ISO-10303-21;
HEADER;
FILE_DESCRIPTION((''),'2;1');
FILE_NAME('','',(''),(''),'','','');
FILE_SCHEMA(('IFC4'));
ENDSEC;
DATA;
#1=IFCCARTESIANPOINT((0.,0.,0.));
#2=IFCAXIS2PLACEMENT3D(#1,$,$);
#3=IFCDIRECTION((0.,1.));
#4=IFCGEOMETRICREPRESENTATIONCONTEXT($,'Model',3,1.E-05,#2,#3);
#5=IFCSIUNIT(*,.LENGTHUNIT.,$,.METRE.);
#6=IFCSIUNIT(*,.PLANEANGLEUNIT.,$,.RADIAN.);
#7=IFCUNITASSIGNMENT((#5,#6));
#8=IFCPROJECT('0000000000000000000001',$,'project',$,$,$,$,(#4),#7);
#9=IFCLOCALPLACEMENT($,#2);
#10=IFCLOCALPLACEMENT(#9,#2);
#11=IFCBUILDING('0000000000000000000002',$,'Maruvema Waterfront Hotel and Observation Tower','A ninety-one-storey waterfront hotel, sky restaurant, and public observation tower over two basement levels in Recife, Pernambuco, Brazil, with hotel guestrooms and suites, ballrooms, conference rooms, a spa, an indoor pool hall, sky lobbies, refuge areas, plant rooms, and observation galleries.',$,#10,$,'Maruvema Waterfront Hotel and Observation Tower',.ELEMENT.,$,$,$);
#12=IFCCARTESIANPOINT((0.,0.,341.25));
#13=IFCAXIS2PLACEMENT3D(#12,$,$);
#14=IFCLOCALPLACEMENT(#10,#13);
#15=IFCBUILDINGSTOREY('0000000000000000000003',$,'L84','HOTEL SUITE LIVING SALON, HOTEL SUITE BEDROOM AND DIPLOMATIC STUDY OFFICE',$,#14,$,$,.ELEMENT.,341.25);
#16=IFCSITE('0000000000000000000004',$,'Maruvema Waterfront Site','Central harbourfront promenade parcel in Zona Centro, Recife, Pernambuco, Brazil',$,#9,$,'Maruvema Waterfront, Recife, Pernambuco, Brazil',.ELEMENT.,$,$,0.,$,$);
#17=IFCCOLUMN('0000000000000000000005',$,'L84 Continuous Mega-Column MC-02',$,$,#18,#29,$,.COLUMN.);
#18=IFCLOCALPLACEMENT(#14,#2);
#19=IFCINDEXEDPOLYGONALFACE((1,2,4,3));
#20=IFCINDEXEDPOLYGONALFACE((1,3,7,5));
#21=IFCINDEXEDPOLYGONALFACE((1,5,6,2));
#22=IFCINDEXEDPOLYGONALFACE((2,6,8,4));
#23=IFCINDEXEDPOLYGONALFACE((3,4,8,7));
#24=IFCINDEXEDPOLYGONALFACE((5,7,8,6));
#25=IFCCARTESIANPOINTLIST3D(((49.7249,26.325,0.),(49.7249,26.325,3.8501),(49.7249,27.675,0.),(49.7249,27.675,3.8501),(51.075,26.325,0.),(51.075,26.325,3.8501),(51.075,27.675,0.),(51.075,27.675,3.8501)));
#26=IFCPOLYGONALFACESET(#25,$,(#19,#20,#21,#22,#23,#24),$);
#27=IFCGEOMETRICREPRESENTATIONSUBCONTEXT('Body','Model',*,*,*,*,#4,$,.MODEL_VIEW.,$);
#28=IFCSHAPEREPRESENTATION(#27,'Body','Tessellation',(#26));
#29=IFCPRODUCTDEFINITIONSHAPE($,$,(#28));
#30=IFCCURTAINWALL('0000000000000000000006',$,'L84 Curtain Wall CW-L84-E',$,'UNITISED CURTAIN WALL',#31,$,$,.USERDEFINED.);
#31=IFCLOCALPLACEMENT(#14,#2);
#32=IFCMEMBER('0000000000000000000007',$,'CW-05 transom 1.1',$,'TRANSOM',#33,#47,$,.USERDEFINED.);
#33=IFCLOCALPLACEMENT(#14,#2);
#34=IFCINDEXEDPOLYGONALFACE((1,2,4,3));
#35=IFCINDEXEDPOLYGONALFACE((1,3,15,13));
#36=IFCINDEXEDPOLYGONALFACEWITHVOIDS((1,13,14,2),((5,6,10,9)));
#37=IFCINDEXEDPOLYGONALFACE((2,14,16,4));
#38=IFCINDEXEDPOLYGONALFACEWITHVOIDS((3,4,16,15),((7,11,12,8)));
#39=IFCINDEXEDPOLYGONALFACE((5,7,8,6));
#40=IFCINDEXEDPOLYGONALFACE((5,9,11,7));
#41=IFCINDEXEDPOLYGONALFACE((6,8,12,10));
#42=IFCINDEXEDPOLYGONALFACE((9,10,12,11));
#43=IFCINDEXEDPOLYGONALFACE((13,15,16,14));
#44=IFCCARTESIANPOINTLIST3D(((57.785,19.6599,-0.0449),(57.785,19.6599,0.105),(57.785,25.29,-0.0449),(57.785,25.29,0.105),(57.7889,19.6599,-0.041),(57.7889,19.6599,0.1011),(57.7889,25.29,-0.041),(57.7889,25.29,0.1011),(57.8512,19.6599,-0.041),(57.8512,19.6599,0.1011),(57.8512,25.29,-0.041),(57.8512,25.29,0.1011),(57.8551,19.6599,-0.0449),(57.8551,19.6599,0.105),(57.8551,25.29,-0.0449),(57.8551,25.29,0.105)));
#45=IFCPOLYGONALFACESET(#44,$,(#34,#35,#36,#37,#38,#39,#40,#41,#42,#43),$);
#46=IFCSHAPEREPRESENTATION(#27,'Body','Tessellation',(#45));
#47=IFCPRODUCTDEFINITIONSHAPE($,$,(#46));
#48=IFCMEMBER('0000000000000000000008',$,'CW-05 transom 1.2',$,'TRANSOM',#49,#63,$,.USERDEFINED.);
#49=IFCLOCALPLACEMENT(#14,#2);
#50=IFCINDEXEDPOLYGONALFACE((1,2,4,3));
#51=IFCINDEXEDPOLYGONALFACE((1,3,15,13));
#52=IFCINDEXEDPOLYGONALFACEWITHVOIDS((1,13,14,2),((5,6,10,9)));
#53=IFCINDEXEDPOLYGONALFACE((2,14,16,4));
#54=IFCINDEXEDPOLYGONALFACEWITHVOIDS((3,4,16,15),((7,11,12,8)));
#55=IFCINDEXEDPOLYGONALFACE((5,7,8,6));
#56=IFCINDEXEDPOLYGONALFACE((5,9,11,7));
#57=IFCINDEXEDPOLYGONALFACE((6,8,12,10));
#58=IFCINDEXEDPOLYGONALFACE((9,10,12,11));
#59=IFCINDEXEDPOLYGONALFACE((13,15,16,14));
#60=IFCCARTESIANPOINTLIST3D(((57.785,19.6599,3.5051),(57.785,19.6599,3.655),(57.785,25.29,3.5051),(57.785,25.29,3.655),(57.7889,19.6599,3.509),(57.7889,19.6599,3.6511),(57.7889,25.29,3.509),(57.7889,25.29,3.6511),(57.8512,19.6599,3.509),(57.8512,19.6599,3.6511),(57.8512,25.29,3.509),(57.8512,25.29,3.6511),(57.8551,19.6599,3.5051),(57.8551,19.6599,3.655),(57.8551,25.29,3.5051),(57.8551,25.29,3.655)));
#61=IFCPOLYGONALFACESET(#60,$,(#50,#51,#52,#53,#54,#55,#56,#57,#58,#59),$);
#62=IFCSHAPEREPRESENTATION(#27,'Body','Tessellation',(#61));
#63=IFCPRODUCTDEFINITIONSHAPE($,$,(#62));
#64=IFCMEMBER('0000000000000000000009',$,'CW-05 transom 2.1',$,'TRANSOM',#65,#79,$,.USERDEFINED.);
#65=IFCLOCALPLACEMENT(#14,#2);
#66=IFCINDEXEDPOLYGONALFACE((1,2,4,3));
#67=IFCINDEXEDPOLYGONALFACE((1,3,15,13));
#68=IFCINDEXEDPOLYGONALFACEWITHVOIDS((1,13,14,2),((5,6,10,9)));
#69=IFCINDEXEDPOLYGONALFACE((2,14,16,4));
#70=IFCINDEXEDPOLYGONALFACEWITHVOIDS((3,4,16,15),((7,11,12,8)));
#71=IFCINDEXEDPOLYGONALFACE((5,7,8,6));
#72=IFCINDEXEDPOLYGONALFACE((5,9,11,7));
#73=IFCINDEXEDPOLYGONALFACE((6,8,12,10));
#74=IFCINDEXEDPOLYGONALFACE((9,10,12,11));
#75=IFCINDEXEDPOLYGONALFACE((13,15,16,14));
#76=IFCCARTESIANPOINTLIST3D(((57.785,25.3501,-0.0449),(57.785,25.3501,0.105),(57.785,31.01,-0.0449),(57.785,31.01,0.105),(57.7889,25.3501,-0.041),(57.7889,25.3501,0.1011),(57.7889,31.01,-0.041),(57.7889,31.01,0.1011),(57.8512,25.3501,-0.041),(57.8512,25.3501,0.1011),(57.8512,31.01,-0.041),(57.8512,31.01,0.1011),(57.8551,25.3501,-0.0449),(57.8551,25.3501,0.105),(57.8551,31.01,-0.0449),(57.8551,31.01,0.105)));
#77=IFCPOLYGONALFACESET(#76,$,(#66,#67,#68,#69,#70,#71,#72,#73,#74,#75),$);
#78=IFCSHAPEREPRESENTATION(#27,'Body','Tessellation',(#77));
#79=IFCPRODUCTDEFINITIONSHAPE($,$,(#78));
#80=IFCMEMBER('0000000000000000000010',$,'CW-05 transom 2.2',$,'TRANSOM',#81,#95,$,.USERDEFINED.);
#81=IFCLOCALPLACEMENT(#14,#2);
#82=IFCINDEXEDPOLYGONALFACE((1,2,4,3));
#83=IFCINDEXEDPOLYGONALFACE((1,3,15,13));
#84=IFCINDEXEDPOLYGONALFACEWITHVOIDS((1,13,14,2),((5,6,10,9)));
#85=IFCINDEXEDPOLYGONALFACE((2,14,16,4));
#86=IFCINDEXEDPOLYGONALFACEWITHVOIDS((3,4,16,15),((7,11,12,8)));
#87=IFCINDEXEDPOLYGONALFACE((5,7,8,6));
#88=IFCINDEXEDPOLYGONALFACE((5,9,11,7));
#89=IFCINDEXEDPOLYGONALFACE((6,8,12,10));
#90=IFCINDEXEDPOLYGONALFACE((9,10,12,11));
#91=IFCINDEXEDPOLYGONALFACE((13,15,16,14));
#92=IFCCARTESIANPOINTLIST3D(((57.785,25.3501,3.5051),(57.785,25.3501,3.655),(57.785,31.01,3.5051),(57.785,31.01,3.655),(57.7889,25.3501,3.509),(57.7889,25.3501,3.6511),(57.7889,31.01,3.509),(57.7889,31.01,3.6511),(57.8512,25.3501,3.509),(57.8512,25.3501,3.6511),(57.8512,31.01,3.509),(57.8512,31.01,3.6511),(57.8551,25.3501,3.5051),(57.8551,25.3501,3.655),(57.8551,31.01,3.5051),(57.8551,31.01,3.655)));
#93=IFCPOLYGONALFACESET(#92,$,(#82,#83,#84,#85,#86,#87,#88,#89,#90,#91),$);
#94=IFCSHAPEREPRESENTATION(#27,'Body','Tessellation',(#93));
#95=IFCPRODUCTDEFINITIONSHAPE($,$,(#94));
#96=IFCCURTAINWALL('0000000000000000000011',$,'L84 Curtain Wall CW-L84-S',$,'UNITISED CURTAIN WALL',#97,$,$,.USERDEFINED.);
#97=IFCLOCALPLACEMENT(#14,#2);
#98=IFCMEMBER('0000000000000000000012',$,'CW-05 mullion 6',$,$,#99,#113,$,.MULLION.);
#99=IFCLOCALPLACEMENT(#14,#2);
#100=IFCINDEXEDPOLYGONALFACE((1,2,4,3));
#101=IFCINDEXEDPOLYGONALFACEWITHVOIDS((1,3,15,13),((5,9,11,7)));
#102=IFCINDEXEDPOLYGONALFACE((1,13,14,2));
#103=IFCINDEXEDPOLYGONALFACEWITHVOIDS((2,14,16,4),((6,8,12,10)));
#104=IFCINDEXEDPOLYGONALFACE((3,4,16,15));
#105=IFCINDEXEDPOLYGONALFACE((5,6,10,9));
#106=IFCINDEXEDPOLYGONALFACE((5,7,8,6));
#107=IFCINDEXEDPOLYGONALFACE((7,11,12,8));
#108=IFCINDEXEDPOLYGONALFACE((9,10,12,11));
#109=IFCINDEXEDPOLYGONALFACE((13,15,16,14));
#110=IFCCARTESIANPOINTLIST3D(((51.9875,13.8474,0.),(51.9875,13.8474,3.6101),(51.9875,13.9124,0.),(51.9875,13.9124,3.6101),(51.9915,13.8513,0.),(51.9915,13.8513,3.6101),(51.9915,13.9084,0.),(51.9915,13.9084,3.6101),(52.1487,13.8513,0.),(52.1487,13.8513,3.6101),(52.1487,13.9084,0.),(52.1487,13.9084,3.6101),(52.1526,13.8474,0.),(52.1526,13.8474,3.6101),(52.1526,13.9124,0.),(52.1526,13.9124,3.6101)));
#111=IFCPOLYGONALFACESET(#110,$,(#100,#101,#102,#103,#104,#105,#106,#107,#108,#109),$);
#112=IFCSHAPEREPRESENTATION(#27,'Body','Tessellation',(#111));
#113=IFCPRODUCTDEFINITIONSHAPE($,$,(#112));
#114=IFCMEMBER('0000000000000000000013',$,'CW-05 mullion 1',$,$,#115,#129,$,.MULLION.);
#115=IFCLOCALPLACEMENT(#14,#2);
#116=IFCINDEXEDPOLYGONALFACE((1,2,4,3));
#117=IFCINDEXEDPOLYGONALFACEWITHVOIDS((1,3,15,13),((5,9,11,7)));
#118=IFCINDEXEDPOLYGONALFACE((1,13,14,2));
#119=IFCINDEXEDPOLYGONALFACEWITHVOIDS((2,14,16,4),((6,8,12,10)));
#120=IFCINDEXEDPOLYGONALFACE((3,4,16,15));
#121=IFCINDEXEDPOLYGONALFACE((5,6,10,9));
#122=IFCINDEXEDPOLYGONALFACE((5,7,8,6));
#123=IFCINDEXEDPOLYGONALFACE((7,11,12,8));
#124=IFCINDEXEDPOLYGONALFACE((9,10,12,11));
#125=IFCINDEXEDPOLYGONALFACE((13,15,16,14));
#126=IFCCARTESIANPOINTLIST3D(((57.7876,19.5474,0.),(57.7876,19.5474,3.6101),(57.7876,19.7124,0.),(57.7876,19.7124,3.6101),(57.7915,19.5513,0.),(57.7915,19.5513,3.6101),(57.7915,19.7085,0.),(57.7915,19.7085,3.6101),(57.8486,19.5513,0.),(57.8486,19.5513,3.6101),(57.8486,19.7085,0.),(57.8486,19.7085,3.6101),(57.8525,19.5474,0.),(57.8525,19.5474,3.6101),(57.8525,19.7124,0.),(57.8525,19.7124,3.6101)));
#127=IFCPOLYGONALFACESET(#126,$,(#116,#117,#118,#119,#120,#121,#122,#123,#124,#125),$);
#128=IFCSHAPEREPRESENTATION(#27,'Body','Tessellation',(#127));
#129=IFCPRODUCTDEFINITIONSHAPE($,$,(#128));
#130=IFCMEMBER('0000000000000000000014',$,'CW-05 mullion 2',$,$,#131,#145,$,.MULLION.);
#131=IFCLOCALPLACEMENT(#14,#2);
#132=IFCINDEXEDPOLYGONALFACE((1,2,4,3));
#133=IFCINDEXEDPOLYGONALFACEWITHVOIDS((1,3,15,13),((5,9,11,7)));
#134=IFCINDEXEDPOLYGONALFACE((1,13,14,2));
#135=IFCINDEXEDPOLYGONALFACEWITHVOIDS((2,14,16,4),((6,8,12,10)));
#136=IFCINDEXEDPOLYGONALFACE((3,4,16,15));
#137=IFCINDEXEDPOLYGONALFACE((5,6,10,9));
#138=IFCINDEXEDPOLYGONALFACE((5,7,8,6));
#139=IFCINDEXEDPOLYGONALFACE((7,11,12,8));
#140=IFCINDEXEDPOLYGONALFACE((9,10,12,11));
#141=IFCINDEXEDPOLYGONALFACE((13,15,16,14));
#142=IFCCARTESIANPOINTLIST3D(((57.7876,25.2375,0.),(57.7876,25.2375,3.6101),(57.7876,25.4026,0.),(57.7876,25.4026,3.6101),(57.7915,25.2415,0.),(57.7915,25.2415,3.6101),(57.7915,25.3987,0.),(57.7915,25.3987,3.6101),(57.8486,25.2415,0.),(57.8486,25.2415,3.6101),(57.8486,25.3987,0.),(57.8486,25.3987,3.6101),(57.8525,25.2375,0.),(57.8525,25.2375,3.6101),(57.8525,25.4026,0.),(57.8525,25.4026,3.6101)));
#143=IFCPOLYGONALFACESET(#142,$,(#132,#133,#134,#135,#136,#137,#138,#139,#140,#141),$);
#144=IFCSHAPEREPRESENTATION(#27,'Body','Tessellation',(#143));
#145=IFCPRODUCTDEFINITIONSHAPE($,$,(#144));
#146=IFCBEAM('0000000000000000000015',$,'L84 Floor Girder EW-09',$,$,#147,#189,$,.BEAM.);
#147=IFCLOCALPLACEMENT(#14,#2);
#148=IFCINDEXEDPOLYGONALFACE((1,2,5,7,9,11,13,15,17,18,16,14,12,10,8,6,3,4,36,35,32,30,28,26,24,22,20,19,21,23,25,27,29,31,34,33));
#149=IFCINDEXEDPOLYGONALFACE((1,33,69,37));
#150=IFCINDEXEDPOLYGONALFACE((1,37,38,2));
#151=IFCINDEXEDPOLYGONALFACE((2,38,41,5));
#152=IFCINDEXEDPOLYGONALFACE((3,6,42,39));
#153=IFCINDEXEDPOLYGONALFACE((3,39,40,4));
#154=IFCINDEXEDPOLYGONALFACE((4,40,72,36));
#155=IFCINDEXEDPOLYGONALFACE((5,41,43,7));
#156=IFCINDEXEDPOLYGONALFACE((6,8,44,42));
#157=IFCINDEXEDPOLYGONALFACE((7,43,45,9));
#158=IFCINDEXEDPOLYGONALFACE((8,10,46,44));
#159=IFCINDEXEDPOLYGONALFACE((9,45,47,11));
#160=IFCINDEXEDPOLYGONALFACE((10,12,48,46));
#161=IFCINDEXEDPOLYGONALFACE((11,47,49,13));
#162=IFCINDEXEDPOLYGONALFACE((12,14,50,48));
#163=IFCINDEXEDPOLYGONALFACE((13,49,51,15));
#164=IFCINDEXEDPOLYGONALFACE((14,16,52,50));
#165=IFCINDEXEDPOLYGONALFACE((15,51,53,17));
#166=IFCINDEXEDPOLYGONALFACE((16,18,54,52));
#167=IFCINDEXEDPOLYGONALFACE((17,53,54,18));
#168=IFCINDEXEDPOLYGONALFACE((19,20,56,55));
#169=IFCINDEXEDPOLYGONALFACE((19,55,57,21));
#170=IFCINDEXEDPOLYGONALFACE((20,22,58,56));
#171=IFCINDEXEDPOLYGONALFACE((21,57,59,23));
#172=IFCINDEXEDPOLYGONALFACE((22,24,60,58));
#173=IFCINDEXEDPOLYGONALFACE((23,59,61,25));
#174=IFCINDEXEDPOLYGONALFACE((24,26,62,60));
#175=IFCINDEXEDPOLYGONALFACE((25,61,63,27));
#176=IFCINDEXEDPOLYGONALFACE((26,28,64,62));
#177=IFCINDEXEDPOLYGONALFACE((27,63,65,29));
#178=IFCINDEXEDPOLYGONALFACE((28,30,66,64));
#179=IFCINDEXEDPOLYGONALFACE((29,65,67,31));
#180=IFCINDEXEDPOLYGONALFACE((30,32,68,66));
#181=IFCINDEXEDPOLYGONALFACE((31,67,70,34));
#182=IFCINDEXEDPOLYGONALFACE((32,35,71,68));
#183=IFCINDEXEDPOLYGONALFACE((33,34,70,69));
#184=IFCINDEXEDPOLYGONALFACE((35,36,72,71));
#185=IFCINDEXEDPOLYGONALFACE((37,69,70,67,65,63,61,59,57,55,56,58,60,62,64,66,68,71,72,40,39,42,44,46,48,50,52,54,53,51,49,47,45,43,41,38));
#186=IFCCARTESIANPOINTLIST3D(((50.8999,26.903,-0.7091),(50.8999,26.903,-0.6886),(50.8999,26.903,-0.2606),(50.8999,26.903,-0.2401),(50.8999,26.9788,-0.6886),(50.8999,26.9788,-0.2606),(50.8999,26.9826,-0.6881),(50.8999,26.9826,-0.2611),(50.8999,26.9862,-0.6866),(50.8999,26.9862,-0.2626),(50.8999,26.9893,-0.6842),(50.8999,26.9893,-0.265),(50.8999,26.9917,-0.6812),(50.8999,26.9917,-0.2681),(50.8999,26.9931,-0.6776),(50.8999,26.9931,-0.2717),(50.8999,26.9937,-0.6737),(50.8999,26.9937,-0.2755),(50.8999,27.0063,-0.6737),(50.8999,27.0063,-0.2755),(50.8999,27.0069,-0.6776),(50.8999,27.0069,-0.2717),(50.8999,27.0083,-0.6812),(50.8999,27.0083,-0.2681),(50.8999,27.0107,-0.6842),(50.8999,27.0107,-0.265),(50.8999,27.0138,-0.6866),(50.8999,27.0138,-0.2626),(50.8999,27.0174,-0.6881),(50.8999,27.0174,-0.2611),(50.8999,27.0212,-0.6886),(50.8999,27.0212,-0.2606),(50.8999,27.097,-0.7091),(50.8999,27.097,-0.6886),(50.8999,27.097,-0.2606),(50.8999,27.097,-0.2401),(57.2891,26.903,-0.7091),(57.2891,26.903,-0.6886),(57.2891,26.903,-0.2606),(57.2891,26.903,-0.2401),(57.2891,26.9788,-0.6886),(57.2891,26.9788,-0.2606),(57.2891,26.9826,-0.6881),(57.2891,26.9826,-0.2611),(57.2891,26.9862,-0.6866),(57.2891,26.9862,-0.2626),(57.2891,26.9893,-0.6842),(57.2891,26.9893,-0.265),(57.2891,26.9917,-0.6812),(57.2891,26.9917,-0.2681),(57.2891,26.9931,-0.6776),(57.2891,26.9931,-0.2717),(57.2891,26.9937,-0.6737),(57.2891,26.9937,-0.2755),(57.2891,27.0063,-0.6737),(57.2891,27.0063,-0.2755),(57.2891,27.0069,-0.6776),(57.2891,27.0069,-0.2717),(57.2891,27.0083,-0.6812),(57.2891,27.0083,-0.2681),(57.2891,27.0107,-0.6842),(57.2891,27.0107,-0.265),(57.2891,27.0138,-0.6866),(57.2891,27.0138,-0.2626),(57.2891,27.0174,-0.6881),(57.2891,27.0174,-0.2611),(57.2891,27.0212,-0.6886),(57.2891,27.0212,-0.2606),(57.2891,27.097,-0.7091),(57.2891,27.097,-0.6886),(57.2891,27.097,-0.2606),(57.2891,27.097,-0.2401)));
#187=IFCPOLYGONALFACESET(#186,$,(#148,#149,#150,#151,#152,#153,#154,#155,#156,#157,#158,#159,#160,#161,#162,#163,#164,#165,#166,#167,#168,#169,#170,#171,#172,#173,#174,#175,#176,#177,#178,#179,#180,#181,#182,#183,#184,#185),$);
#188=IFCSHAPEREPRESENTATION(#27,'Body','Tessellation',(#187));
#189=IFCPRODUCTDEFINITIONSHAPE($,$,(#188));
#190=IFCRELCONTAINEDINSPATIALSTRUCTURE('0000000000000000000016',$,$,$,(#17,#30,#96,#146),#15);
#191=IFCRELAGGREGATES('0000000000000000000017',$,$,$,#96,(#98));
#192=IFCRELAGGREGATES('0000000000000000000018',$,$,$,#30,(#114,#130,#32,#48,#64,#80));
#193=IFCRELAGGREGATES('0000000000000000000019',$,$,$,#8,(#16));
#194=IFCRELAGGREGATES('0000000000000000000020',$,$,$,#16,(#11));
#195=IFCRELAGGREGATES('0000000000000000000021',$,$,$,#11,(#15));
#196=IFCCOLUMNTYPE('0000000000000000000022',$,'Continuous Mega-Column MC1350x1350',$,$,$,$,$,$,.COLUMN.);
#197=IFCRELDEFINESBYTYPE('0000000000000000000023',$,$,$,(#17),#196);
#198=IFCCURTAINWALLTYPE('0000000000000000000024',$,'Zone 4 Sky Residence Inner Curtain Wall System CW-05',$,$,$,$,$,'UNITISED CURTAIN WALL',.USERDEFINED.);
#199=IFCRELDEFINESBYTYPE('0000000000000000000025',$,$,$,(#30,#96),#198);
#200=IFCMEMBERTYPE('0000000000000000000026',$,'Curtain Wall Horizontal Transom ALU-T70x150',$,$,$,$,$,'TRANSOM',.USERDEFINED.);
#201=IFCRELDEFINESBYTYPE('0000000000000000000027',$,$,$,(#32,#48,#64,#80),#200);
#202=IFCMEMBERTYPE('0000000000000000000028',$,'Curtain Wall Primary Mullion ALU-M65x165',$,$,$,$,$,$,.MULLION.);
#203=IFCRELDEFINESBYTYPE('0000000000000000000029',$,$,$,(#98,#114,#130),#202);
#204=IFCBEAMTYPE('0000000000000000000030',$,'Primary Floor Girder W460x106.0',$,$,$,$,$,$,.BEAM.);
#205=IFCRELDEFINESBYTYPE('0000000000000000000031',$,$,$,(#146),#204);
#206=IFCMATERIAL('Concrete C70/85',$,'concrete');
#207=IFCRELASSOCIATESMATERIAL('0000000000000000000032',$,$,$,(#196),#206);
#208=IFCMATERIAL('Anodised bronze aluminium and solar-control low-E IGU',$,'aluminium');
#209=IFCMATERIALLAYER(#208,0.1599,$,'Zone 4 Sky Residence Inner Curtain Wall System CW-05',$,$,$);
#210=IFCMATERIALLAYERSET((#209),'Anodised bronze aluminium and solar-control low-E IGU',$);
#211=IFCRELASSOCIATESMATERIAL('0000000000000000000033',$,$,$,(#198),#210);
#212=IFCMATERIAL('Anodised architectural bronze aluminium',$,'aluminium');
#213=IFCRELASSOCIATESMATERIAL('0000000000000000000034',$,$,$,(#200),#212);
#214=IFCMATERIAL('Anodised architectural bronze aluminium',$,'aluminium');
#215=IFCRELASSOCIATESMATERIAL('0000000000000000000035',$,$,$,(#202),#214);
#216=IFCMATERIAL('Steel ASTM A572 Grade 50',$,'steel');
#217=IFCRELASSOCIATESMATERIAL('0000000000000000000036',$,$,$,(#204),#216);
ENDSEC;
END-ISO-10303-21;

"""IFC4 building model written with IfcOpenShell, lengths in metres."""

from ifc_helpers import new_model, si_unit, direction, frame, origin, origin_2d, place, context, subcontext, project, spatial, rectangle, hollow_rectangle, i_section, extrude, material, layer, layer_set, material_profile, profile_set, type_object, element, aggregate, save


model = new_model("IFC4")

# Units and contexts
model_context = context("Model", 3, precision=1e-05, world=origin(), true_north=direction((0.0, 1.0)))
body_context = subcontext(model_context, "Body", "Model", "MODEL_VIEW")
ifc_project = project(units=[si_unit("LENGTHUNIT", "METRE"), si_unit("PLANEANGLEUNIT", "RADIAN")], contexts=[model_context])

# Site, building, storey
site_placement = place(None, origin())
site = spatial("IfcSite", under=ifc_project, at=site_placement, Name="Maruvema Waterfront Site", Description="Central harbourfront promenade parcel in Zona Centro, Recife, Pernambuco, Brazil", LongName="Maruvema Waterfront, Recife, Pernambuco, Brazil", CompositionType="ELEMENT", RefElevation=0.0)
building_placement = place(site_placement, origin())
building = spatial("IfcBuilding", under=site, at=building_placement, Name="Maruvema Waterfront Hotel and Observation Tower", Description="A ninety-one-storey waterfront hotel, sky restaurant, and public observation tower over two basement levels in Recife, Pernambuco, Brazil, with hotel guestrooms and suites, ballrooms, conference rooms, a spa, an indoor pool hall, sky lobbies, refuge areas, plant rooms, and observation galleries.", LongName="Maruvema Waterfront Hotel and Observation Tower", CompositionType="ELEMENT")
storey_placement = place(building_placement, frame((0.0, 0.0, 341.25)))
storey = spatial("IfcBuildingStorey", under=building, at=storey_placement, Name="L84", Description="HOTEL SUITE LIVING SALON, HOTEL SUITE BEDROOM AND DIPLOMATIC STUDY OFFICE", CompositionType="ELEMENT", Elevation=341.25)

# Column
ifc_material_1 = material(Name="Concrete C70/85", Category="concrete")
ifc_material_profile_1 = material_profile(ifc_material_1, rectangle(XDim=1.3501, YDim=1.3501, at=origin_2d()), Name="MC1350x1350")
ifc_profile_set_1 = profile_set([ifc_material_profile_1], Name="Concrete C70/85")
column_type = type_object("IfcColumnType", Name="Continuous Mega-Column MC1350x1350", PredefinedType="COLUMN", material=ifc_profile_set_1)
column_placement = place(storey_placement, frame((50.3999, 27.0, 0.0), z_axis=(0.0, 0.0, 1.0), x_axis=(1.0, 0.0, 0.0)))
element("IfcColumn", 1, at=column_placement, inside=storey, type_object=column_type, Name="L84 Continuous Mega-Column MC-02", PredefinedType="COLUMN", context=body_context, shape_type="SweptSolid", body=[
    extrude(rectangle(XDim=1.3501, YDim=1.3501, at=origin_2d()), origin(), (0.0, 0.0, 1.0), 3.8501),
])

# Curtain wall, members
ifc_material_2 = material(Name="Anodised bronze aluminium and solar-control low-E IGU", Category="aluminium")
ifc_layer_1 = layer(ifc_material_2, 0.1599, Name="Zone 4 Sky Residence Inner Curtain Wall System CW-05")
ifc_layer_set_1 = layer_set([ifc_layer_1], Name="Anodised bronze aluminium and solar-control low-E IGU")
curtain_wall_type = type_object("IfcCurtainWallType", Name="Zone 4 Sky Residence Inner Curtain Wall System CW-05", ElementType="UNITISED CURTAIN WALL", PredefinedType="USERDEFINED", material=ifc_layer_set_1)
curtain_wall_1_placement = place(storey_placement, origin())
curtain_wall_1 = element("IfcCurtainWall", 2, at=curtain_wall_1_placement, inside=storey, type_object=curtain_wall_type, Name="L84 Curtain Wall CW-L84-E", ObjectType="UNITISED CURTAIN WALL", PredefinedType="USERDEFINED")
ifc_material_3 = material(Name="Anodised architectural bronze aluminium", Category="aluminium")
ifc_material_profile_2 = material_profile(ifc_material_3, hollow_rectangle(XDim=0.0701, YDim=0.1499, WallThickness=0.0039, at=origin_2d()), Name="ALU-T70x150")
ifc_profile_set_2 = profile_set([ifc_material_profile_2], Name="Anodised architectural bronze aluminium")
member_type_1 = type_object("IfcMemberType", Name="Curtain Wall Horizontal Transom ALU-T70x150", ElementType="TRANSOM", PredefinedType="USERDEFINED", material=ifc_profile_set_2)
member_1_placement = place(storey_placement, frame((57.8201, 19.6599, 0.03), z_axis=(0.0, 1.0, 0.0), x_axis=(-1.0, 0.0, 0.0)))
member_1 = element("IfcMember", 3, at=member_1_placement, type_object=member_type_1, Name="CW-05 transom 1.1", ObjectType="TRANSOM", PredefinedType="USERDEFINED", context=body_context, shape_type="SweptSolid", body=[
    extrude(hollow_rectangle(XDim=0.0701, YDim=0.1499, WallThickness=0.0039, at=origin_2d()), origin(), (0.0, 0.0, 1.0), 5.6301),
])
member_2_placement = place(storey_placement, frame((57.8201, 19.6599, 3.5801), z_axis=(0.0, 1.0, 0.0), x_axis=(-1.0, 0.0, 0.0)))
member_2 = element("IfcMember", 4, at=member_2_placement, type_object=member_type_1, Name="CW-05 transom 1.2", ObjectType="TRANSOM", PredefinedType="USERDEFINED", context=body_context, shape_type="SweptSolid", body=[
    extrude(hollow_rectangle(XDim=0.0701, YDim=0.1499, WallThickness=0.0039, at=origin_2d()), origin(), (0.0, 0.0, 1.0), 5.6301),
])
member_3_placement = place(storey_placement, frame((57.8201, 25.3501, 0.03), z_axis=(0.0, 1.0, 0.0), x_axis=(-1.0, 0.0, 0.0)))
member_3 = element("IfcMember", 5, at=member_3_placement, type_object=member_type_1, Name="CW-05 transom 2.1", ObjectType="TRANSOM", PredefinedType="USERDEFINED", context=body_context, shape_type="SweptSolid", body=[
    extrude(hollow_rectangle(XDim=0.0701, YDim=0.1499, WallThickness=0.0039, at=origin_2d()), origin(), (0.0, 0.0, 1.0), 5.6599),
])
member_4_placement = place(storey_placement, frame((57.8201, 25.3501, 3.5801), z_axis=(0.0, 1.0, 0.0), x_axis=(-1.0, 0.0, 0.0)))
member_4 = element("IfcMember", 6, at=member_4_placement, type_object=member_type_1, Name="CW-05 transom 2.2", ObjectType="TRANSOM", PredefinedType="USERDEFINED", context=body_context, shape_type="SweptSolid", body=[
    extrude(hollow_rectangle(XDim=0.0701, YDim=0.1499, WallThickness=0.0039, at=origin_2d()), origin(), (0.0, 0.0, 1.0), 5.6599),
])

# Curtain wall, member
curtain_wall_2_placement = place(storey_placement, origin())
curtain_wall_2 = element("IfcCurtainWall", 7, at=curtain_wall_2_placement, inside=storey, type_object=curtain_wall_type, Name="L84 Curtain Wall CW-L84-S", ObjectType="UNITISED CURTAIN WALL", PredefinedType="USERDEFINED")
ifc_material_4 = material(Name="Anodised architectural bronze aluminium", Category="aluminium")
ifc_material_profile_3 = material_profile(ifc_material_4, hollow_rectangle(XDim=0.0649, YDim=0.165, WallThickness=0.0039, at=origin_2d()), Name="ALU-M65x165")
ifc_profile_set_3 = profile_set([ifc_material_profile_3], Name="Anodised architectural bronze aluminium")
member_type_2 = type_object("IfcMemberType", Name="Curtain Wall Primary Mullion ALU-M65x165", PredefinedType="MULLION", material=ifc_profile_set_3)
member_5_placement = place(storey_placement, frame((52.0701, 13.8799, 0.0), z_axis=(0.0, 0.0, 1.0), x_axis=(0.0, 1.0, 0.0)))
member_5 = element("IfcMember", 8, at=member_5_placement, type_object=member_type_2, Name="CW-05 mullion 6", PredefinedType="MULLION", context=body_context, shape_type="SweptSolid", body=[
    extrude(hollow_rectangle(XDim=0.0649, YDim=0.165, WallThickness=0.0039, at=origin_2d()), origin(), (0.0, 0.0, 1.0), 3.6101),
])
aggregate(curtain_wall_2, [member_5])

# Members
member_6_placement = place(storey_placement, frame((57.8201, 19.6299, 0.0), z_axis=(0.0, 0.0, 1.0), x_axis=(-1.0, 0.0, 0.0)))
member_6 = element("IfcMember", 9, at=member_6_placement, type_object=member_type_2, Name="CW-05 mullion 1", PredefinedType="MULLION", context=body_context, shape_type="SweptSolid", body=[
    extrude(hollow_rectangle(XDim=0.0649, YDim=0.165, WallThickness=0.0039, at=origin_2d()), origin(), (0.0, 0.0, 1.0), 3.6101),
])
member_7_placement = place(storey_placement, frame((57.8201, 25.3201, 0.0), z_axis=(0.0, 0.0, 1.0), x_axis=(-1.0, 0.0, 0.0)))
member_7 = element("IfcMember", 10, at=member_7_placement, type_object=member_type_2, Name="CW-05 mullion 2", PredefinedType="MULLION", context=body_context, shape_type="SweptSolid", body=[
    extrude(hollow_rectangle(XDim=0.0649, YDim=0.165, WallThickness=0.0039, at=origin_2d()), origin(), (0.0, 0.0, 1.0), 3.6101),
])

# Beam
ifc_material_5 = material(Name="Steel ASTM A572 Grade 50", Category="steel")
ifc_material_profile_4 = material_profile(ifc_material_5, i_section(OverallWidth=0.1941, OverallDepth=0.469, WebThickness=0.0127, FlangeThickness=0.0205, FilletRadius=0.0149, at=origin_2d()), Name="W460x106.0")
ifc_profile_set_4 = profile_set([ifc_material_profile_4], Name="Steel ASTM A572 Grade 50")
beam_type = type_object("IfcBeamType", Name="Primary Floor Girder W460x106.0", PredefinedType="BEAM", material=ifc_profile_set_4)
beam_1_placement = place(storey_placement, frame((50.8999, 27.0, -0.4746), z_axis=(1.0, 0.0, 0.0), x_axis=(0.0, 1.0, 0.0)))
element("IfcBeam", 11, at=beam_1_placement, inside=storey, type_object=beam_type, Name="L84 Floor Girder EW-09", PredefinedType="BEAM", context=body_context, shape_type="SweptSolid", body=[
    extrude(i_section(OverallWidth=0.1941, OverallDepth=0.469, WebThickness=0.0127, FlangeThickness=0.0205, FilletRadius=0.0149, at=origin_2d()), origin(), (0.0, 0.0, 1.0), 6.3892),
])

aggregate(curtain_wall_1, [member_6, member_7, member_1, member_2, member_3, member_4])

save(model, "model.ifc")
